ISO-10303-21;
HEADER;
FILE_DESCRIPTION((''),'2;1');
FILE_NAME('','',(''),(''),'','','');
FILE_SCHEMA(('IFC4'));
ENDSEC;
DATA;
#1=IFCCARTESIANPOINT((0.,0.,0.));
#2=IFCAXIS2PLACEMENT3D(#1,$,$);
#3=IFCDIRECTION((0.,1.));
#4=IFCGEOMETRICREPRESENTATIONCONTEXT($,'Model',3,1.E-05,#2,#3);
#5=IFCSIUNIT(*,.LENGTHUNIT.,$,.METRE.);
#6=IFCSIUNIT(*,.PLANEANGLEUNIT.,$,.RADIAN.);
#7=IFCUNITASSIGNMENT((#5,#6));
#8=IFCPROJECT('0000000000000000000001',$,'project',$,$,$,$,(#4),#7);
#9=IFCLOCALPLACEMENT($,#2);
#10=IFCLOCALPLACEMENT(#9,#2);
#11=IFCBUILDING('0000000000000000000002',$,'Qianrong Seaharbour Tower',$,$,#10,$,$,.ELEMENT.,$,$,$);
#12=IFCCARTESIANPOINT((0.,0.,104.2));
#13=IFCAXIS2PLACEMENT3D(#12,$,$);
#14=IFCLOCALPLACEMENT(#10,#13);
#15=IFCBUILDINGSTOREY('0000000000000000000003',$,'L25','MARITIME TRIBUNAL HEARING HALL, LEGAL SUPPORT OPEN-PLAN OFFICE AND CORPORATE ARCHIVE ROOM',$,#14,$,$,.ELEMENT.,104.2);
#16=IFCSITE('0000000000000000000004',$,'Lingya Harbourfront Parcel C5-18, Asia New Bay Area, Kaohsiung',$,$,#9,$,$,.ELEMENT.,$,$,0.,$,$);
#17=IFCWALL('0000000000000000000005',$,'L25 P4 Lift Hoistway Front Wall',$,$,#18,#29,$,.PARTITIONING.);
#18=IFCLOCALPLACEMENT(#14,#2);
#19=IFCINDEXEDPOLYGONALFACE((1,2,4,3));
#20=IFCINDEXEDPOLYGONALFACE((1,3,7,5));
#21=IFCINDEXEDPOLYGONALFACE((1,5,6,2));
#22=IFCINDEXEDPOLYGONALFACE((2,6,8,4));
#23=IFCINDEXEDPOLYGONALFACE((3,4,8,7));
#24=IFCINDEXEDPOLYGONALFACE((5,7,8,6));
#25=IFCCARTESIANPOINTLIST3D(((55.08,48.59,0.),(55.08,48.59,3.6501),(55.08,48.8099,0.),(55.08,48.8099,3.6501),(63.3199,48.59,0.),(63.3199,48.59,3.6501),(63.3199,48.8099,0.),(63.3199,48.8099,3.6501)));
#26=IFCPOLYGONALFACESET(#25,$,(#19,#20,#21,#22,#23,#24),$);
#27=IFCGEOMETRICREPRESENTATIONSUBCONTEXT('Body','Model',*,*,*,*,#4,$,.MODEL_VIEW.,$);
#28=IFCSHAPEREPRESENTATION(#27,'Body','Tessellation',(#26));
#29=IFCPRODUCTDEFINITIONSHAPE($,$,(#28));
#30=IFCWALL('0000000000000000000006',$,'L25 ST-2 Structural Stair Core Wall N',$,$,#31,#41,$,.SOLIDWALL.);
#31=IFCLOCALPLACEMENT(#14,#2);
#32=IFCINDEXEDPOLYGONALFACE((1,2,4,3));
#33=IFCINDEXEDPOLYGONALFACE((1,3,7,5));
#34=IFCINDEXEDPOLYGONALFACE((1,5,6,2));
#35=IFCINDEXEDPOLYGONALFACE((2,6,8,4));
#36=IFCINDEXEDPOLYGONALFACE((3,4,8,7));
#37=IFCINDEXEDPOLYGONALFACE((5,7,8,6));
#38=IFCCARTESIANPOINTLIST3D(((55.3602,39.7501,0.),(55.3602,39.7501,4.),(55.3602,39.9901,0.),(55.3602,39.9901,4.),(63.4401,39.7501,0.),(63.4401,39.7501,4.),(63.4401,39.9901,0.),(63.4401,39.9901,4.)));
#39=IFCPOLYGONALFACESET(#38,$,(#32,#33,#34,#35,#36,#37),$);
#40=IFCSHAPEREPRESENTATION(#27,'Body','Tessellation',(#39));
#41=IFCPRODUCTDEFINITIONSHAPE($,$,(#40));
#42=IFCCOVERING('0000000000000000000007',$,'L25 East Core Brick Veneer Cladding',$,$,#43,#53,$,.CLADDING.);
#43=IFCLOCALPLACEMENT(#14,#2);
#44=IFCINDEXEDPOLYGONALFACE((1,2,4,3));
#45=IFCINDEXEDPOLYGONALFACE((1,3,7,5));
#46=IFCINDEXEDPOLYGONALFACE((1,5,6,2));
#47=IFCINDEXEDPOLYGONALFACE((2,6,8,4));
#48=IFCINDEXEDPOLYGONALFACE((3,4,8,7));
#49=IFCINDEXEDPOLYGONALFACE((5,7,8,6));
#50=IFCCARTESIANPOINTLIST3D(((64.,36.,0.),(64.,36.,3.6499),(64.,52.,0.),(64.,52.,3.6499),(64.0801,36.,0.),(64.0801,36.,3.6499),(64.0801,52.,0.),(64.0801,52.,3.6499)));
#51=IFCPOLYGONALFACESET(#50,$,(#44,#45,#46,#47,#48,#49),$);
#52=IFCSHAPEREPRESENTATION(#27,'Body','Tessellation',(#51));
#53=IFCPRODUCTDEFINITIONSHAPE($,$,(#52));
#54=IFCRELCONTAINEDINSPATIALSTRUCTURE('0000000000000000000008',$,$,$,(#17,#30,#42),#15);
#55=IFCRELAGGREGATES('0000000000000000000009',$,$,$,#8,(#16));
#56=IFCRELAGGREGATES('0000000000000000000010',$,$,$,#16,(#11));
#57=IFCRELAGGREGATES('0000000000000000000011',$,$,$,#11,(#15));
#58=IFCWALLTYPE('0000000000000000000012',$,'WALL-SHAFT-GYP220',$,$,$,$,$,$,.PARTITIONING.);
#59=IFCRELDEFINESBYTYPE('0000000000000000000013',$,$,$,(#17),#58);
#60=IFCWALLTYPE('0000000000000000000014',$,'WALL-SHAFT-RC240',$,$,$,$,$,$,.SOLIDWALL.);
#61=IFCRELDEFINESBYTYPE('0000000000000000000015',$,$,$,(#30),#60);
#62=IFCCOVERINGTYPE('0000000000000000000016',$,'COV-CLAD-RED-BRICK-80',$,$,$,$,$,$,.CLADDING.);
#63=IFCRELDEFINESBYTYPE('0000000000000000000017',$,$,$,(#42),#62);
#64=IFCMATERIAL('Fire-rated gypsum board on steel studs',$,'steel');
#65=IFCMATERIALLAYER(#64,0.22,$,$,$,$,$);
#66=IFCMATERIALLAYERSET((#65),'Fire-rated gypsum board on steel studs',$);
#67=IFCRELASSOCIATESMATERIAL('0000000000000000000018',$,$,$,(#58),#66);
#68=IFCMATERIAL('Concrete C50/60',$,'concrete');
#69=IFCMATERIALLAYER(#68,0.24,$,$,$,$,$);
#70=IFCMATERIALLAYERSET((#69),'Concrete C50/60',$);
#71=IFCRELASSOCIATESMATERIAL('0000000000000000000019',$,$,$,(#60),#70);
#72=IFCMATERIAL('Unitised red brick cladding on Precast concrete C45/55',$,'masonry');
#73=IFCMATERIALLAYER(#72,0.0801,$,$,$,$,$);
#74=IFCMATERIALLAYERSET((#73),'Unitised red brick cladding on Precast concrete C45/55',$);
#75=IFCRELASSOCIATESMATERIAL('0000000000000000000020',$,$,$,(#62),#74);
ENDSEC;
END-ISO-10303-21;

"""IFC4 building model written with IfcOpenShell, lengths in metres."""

from ifc_helpers import new_model, si_unit, direction, frame, frame_2d, origin, origin_2d, place, context, subcontext, project, spatial, rectangle, extrude, material, layer, layer_set, type_object, element, save


model = new_model("IFC4")

# Units and contexts
model_context = context("Model", 3, precision=1e-05, world=origin(), true_north=direction((0.0, 1.0)))
body_context = subcontext(model_context, "Body", "Model", "MODEL_VIEW")
ifc_project = project(units=[si_unit("LENGTHUNIT", "METRE"), si_unit("PLANEANGLEUNIT", "RADIAN")], contexts=[model_context])

# Site, building, storey
site_placement = place(None, origin())
site = spatial("IfcSite", under=ifc_project, at=site_placement, Name="Lingya Harbourfront Parcel C5-18, Asia New Bay Area, Kaohsiung", CompositionType="ELEMENT", RefElevation=0.0)
building_placement = place(site_placement, origin())
building = spatial("IfcBuilding", under=site, at=building_placement, Name="Qianrong Seaharbour Tower", CompositionType="ELEMENT")
storey_placement = place(building_placement, frame((0.0, 0.0, 104.2)))
storey = spatial("IfcBuildingStorey", under=building, at=storey_placement, Name="L25", Description="MARITIME TRIBUNAL HEARING HALL, LEGAL SUPPORT OPEN-PLAN OFFICE AND CORPORATE ARCHIVE ROOM", CompositionType="ELEMENT", Elevation=104.2)

# Walls
ifc_material_1 = material(Name="Fire-rated gypsum board on steel studs", Category="steel")
ifc_layer_1 = layer(ifc_material_1, 0.22)
ifc_layer_set_1 = layer_set([ifc_layer_1], Name="Fire-rated gypsum board on steel studs")
wall_type_1 = type_object("IfcWallType", Name="WALL-SHAFT-GYP220", PredefinedType="PARTITIONING", material=ifc_layer_set_1)
for number, where, z_axis, x_axis, name in (
    (1, (63.3201, 48.7, 0.0), (0.0, 0.0, 1.0), (-1.0, 0.0, 0.0), "L25 P4 Lift Hoistway Front Wall"),
):
    element("IfcWall", number, at=place(storey_placement, frame(where, z_axis=z_axis, x_axis=x_axis)), inside=storey, type_object=wall_type_1, Name=name, PredefinedType="PARTITIONING", context=body_context, shape_type="SweptSolid", body=[
        extrude(rectangle(XDim=8.24, YDim=0.22, at=frame_2d((4.1201, 0.0))), origin(), (0.0, 0.0, 1.0), 3.6501),
    ])
ifc_material_2 = material(Name="Concrete C50/60", Category="concrete")
ifc_layer_2 = layer(ifc_material_2, 0.24)
ifc_layer_set_2 = layer_set([ifc_layer_2], Name="Concrete C50/60")
wall_type_2 = type_object("IfcWallType", Name="WALL-SHAFT-RC240", PredefinedType="SOLIDWALL", material=ifc_layer_set_2)
wall_1_placement = place(storey_placement, frame((55.3601, 39.8701, 0.0), z_axis=(0.0, 0.0, 1.0), x_axis=(1.0, 0.0, 0.0)))
element("IfcWall", 2, at=wall_1_placement, inside=storey, type_object=wall_type_2, Name="L25 ST-2 Structural Stair Core Wall N", PredefinedType="SOLIDWALL", context=body_context, shape_type="SweptSolid", body=[
    extrude(rectangle(XDim=8.0798, YDim=0.24, at=frame_2d((4.04, 0.0))), origin(), (0.0, 0.0, 1.0), 4.0),
])

# Covering
ifc_material_3 = material(Name="Unitised red brick cladding on Precast concrete C45/55", Category="masonry")
ifc_layer_3 = layer(ifc_material_3, 0.0801)
ifc_layer_set_3 = layer_set([ifc_layer_3], Name="Unitised red brick cladding on Precast concrete C45/55")
covering_type = type_object("IfcCoveringType", Name="COV-CLAD-RED-BRICK-80", PredefinedType="CLADDING", material=ifc_layer_set_3)
covering_placement = place(storey_placement, frame((64.04, 44.0, 0.0), z_axis=(0.0, 0.0, 1.0), x_axis=(1.0, 0.0, 0.0)))
element("IfcCovering", 3, at=covering_placement, inside=storey, type_object=covering_type, Name="L25 East Core Brick Veneer Cladding", PredefinedType="CLADDING", context=body_context, shape_type="SweptSolid", body=[
    extrude(rectangle(XDim=0.0801, YDim=16.0, at=origin_2d()), origin(), (0.0, 0.0, 1.0), 3.6499),
])

save(model, "model.ifc")
